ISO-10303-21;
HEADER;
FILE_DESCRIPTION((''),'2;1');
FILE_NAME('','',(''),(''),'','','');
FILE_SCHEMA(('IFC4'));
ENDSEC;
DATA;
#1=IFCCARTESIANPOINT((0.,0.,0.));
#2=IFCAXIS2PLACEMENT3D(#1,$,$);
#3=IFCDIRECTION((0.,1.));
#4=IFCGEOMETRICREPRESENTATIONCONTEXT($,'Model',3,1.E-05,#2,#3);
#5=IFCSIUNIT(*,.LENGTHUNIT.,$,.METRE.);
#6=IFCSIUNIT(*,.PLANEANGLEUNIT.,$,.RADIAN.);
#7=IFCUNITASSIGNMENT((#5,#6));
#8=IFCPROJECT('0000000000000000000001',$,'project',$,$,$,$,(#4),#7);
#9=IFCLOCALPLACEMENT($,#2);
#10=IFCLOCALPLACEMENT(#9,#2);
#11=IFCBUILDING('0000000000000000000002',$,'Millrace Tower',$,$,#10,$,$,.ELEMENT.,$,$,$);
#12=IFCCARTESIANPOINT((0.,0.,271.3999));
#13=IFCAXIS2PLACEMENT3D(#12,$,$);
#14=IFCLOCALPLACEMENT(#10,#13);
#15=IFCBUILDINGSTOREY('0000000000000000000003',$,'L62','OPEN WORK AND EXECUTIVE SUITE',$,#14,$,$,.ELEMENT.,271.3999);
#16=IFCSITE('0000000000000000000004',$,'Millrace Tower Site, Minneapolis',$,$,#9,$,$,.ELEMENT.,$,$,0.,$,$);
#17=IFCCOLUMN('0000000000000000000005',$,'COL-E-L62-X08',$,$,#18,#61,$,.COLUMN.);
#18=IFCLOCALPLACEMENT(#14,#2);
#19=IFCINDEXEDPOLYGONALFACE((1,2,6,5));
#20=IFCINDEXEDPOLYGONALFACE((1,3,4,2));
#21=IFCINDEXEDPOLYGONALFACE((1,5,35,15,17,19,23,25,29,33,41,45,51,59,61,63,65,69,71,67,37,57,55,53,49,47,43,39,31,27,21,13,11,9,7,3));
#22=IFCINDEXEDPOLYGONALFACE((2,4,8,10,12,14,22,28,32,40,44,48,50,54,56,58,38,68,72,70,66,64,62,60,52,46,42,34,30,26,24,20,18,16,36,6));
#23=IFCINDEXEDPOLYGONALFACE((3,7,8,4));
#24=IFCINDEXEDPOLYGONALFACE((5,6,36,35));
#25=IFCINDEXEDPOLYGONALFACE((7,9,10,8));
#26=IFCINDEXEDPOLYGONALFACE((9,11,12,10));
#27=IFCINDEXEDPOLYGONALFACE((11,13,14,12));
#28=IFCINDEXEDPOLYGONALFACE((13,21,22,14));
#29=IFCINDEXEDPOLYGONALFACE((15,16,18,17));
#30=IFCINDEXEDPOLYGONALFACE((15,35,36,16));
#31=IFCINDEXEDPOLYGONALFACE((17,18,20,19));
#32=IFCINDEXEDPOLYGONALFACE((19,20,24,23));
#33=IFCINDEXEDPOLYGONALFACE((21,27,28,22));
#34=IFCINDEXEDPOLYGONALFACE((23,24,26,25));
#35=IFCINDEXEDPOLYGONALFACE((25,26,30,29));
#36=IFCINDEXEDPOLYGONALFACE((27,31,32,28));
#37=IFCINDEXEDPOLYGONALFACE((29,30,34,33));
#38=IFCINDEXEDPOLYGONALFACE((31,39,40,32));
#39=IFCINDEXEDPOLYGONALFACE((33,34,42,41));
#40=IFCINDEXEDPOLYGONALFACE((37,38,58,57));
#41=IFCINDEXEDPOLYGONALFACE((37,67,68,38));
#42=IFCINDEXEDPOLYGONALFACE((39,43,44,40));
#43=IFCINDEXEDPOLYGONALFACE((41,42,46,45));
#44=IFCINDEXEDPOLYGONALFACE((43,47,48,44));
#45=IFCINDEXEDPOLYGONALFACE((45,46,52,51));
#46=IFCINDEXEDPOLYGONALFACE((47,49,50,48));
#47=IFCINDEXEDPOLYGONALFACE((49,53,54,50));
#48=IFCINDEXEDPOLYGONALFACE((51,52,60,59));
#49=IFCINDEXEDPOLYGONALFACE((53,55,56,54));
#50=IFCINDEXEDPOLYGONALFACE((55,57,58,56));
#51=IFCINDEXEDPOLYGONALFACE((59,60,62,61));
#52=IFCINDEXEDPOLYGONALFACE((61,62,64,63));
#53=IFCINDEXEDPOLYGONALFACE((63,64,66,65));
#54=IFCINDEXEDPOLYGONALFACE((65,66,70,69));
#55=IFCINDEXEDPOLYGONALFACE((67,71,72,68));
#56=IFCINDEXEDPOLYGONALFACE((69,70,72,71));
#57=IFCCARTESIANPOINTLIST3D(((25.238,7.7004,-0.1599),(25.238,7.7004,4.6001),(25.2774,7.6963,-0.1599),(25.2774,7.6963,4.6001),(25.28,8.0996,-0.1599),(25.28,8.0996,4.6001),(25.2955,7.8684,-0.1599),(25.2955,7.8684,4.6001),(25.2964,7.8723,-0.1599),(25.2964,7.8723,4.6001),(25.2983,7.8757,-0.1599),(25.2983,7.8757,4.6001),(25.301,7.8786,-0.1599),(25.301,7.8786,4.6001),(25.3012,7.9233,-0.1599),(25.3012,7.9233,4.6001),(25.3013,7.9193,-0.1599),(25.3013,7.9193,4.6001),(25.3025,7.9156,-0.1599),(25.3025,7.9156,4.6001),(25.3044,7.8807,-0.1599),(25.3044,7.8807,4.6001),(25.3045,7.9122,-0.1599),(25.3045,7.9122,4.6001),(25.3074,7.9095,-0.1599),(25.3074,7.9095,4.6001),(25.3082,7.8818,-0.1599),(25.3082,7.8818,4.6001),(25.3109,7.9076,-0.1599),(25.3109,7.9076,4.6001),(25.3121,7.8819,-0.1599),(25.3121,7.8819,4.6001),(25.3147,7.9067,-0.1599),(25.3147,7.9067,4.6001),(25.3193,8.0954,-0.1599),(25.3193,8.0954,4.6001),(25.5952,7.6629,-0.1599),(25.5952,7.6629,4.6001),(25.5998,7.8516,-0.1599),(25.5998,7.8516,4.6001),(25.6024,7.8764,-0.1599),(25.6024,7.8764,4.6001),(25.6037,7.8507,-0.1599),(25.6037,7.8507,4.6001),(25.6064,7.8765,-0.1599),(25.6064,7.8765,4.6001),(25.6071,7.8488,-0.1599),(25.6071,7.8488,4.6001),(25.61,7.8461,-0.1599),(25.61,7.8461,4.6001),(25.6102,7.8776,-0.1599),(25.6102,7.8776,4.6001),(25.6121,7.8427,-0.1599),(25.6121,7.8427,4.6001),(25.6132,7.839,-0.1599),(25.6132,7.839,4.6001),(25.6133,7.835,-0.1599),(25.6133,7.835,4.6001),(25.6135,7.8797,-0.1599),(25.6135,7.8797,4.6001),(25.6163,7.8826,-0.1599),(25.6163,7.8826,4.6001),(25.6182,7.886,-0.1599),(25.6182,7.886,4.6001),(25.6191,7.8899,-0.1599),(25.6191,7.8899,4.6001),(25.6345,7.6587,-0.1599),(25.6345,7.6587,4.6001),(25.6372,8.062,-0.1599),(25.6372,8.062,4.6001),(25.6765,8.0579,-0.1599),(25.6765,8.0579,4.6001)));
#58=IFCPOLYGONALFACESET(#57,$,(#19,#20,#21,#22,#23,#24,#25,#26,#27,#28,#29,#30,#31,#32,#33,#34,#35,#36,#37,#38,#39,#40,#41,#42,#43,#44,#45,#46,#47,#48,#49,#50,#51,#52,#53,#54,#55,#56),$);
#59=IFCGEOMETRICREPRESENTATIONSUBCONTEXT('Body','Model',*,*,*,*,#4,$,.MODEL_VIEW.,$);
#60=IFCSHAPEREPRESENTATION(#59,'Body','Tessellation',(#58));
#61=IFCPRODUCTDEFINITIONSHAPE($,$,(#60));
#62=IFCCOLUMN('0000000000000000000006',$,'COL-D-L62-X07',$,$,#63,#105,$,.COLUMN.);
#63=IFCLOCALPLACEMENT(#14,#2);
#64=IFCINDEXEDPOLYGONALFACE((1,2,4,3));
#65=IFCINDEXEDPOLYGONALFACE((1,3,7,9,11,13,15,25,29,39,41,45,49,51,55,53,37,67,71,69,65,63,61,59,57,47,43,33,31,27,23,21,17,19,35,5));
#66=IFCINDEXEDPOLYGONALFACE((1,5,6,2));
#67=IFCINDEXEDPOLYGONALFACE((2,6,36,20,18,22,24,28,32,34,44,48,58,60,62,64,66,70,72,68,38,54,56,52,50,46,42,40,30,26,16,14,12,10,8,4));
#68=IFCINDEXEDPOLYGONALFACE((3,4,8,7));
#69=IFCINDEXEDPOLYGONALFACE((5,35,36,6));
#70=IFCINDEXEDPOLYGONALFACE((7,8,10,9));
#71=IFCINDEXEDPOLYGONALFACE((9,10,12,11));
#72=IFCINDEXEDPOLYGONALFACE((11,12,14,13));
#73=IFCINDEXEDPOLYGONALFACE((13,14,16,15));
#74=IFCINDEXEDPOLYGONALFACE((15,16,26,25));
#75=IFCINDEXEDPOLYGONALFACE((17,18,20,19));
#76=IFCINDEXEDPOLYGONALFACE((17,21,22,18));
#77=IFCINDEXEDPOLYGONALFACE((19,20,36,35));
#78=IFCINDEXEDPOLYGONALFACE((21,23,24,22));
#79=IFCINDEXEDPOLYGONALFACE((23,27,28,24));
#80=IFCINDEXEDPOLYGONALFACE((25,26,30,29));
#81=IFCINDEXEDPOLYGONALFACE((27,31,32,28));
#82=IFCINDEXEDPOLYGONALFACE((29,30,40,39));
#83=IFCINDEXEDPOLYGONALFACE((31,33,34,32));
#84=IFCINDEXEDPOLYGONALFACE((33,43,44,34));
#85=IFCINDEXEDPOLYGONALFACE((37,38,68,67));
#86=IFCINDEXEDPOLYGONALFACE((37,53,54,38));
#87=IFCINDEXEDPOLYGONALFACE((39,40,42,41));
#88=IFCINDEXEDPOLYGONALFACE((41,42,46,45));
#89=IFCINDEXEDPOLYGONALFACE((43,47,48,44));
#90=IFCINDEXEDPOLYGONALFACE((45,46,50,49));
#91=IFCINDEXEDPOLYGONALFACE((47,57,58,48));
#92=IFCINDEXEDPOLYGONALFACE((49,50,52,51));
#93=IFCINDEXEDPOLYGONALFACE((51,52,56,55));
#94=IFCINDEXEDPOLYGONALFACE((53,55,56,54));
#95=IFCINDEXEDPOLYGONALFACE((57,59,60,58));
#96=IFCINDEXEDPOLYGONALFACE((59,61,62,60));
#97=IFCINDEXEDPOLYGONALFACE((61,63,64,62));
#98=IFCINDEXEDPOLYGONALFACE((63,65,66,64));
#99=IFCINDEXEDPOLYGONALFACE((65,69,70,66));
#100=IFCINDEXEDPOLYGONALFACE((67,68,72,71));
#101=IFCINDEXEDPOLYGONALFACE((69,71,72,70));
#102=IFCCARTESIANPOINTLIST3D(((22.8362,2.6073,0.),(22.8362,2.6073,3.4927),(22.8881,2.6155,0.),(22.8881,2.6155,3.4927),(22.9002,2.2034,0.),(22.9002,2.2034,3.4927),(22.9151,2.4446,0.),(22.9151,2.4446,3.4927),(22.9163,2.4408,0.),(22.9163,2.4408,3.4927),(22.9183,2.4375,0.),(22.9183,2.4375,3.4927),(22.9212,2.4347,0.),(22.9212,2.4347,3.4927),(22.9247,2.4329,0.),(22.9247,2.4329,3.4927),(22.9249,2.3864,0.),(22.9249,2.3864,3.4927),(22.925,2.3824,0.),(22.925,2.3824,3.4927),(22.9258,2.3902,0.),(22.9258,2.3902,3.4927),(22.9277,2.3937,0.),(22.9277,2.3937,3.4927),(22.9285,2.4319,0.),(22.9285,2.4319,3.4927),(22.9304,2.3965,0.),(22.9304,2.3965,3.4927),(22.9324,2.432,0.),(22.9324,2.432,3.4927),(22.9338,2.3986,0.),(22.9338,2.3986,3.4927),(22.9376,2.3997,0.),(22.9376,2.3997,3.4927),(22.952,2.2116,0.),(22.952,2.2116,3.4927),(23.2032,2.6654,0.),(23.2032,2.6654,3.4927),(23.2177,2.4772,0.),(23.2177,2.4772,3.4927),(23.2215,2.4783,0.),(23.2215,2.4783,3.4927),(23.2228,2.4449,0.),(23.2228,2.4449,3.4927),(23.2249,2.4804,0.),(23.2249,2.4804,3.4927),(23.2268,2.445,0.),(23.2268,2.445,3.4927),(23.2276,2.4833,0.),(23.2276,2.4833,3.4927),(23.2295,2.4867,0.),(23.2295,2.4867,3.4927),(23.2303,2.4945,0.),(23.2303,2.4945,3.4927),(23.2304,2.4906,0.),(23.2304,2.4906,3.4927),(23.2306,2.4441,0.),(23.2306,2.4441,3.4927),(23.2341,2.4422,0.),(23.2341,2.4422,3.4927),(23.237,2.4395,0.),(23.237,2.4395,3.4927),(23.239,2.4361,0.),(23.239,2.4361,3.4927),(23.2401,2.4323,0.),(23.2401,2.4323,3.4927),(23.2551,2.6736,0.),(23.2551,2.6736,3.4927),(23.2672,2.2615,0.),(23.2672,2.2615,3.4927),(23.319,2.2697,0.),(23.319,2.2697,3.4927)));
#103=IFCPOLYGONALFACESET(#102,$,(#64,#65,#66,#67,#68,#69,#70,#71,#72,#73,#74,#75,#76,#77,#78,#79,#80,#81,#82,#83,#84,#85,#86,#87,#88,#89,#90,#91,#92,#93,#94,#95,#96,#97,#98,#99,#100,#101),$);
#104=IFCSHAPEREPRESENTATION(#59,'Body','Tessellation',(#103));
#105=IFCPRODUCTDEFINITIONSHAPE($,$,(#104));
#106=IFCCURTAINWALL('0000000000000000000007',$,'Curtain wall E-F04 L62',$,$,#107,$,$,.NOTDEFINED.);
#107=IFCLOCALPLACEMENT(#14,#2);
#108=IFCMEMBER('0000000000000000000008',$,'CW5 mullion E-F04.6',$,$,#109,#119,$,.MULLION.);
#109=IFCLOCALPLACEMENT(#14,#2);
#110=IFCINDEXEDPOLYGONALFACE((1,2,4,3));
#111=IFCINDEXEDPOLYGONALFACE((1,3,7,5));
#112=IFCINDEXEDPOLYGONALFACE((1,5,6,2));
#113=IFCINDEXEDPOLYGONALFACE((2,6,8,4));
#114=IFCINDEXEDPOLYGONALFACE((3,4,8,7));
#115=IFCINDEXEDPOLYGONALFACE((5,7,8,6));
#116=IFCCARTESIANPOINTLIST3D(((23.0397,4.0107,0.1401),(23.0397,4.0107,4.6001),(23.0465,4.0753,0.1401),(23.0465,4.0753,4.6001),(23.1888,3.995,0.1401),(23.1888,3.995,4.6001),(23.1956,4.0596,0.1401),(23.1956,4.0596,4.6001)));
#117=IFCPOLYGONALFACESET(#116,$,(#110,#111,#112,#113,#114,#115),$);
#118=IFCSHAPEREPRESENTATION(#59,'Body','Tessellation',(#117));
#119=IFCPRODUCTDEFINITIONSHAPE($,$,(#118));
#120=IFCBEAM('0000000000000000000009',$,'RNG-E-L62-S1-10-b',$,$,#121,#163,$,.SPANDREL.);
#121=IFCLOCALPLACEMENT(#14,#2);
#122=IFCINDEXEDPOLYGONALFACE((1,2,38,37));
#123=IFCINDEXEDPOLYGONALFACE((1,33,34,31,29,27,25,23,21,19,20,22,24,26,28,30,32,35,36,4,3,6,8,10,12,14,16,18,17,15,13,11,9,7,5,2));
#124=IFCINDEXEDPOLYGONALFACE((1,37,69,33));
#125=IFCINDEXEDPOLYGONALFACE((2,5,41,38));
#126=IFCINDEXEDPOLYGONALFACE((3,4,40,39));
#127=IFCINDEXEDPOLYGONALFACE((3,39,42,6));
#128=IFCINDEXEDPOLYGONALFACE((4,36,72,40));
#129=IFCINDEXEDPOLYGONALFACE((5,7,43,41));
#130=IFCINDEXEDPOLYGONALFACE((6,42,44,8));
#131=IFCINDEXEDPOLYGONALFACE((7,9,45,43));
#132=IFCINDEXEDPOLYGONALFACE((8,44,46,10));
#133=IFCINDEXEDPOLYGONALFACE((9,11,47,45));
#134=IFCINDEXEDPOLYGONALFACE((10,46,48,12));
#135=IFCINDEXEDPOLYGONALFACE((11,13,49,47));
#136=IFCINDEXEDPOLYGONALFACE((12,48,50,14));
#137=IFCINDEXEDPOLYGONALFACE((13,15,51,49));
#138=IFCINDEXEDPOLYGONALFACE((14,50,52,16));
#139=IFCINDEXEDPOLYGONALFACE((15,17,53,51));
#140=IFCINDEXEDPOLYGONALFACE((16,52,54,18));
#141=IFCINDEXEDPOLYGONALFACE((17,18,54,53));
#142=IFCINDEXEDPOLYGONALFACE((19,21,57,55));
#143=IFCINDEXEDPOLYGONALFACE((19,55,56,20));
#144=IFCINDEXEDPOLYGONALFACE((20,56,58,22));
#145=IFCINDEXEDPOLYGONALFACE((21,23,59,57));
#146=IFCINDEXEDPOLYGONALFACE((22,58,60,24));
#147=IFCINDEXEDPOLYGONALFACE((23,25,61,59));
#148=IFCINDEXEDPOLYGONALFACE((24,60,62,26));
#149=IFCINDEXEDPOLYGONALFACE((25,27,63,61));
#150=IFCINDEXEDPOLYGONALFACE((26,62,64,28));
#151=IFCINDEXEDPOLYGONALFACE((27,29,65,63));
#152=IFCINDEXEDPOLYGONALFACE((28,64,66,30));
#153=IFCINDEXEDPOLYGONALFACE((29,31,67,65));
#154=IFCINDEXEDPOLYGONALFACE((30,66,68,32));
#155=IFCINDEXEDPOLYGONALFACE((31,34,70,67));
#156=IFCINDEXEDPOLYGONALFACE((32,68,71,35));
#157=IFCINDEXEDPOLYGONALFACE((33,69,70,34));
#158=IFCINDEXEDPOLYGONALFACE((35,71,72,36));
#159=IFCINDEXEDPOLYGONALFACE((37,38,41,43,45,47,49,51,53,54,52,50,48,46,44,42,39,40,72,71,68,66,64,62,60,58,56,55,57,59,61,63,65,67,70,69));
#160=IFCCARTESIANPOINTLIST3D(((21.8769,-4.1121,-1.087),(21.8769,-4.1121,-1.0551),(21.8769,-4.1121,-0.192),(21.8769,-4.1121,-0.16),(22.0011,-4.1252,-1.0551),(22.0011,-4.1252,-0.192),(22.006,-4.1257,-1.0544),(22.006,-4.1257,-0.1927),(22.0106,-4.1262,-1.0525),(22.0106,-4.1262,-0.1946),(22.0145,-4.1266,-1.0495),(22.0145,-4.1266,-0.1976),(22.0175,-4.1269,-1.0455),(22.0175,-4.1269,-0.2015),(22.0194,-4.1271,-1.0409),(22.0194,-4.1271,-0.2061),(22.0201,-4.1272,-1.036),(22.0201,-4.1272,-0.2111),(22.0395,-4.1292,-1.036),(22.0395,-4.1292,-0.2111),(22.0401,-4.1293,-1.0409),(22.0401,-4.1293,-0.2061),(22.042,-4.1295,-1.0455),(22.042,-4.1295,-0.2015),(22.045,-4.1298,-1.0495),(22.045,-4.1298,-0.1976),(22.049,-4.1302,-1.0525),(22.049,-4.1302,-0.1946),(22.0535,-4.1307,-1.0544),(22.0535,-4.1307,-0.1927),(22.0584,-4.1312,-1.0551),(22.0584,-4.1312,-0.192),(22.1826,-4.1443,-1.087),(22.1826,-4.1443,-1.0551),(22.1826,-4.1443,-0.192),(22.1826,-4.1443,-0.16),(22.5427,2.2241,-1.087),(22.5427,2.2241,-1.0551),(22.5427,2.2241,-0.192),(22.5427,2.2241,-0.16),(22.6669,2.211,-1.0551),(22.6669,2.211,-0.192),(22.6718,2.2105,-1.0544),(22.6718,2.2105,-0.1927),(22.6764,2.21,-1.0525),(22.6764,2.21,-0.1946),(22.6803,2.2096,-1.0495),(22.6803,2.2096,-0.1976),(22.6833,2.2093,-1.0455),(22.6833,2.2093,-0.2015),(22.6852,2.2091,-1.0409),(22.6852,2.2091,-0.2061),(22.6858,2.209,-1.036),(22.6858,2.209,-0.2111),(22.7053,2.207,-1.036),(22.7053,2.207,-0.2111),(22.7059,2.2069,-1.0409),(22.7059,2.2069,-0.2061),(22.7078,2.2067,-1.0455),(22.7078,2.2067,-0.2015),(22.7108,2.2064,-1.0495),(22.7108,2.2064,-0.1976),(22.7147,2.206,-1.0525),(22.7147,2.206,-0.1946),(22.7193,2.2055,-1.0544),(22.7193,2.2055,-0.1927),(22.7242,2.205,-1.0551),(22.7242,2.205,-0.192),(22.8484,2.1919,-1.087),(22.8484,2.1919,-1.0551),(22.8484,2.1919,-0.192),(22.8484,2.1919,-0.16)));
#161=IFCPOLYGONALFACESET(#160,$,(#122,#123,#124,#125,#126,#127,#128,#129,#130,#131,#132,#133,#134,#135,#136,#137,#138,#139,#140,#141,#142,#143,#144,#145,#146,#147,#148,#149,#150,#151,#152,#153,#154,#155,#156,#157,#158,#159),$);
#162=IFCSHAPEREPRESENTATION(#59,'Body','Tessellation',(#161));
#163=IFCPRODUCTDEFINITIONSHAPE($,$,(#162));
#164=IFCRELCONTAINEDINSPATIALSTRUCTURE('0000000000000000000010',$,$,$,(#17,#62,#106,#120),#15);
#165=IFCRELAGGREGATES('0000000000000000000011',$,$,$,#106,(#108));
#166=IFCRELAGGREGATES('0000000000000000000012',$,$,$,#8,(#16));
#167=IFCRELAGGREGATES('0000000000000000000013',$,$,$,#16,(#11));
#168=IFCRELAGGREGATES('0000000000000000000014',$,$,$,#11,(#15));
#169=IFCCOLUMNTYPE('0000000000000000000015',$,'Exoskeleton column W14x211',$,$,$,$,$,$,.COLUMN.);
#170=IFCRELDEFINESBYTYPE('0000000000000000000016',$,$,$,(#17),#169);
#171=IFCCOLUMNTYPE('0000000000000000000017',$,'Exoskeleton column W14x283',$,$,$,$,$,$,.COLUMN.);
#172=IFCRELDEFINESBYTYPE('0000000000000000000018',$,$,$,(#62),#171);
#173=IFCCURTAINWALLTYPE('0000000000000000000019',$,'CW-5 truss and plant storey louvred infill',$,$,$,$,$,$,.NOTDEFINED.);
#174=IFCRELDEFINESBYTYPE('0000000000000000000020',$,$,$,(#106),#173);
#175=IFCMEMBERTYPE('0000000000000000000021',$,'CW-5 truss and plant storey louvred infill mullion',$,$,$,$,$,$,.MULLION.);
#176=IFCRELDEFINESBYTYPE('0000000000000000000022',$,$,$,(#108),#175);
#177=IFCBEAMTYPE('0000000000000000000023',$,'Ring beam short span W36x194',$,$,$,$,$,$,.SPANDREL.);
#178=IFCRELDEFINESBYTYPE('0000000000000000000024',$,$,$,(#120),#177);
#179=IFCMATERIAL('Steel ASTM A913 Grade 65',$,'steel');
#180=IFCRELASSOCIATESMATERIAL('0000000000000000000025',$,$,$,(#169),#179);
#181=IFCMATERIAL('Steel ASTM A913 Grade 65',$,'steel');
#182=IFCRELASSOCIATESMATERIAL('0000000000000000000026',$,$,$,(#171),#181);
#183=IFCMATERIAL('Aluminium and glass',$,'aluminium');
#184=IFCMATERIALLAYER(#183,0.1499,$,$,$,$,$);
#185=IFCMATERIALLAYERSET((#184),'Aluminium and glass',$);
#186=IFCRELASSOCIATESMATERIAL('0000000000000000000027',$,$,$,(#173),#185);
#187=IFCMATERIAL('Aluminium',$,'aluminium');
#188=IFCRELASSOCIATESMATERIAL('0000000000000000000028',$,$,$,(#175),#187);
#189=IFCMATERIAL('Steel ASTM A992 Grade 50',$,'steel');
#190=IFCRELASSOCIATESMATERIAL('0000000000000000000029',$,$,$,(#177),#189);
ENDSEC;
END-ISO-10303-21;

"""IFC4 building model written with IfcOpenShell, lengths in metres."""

from ifc_helpers import new_model, si_unit, direction, frame, origin, origin_2d, place, context, subcontext, project, spatial, rectangle, i_section, extrude, material, layer, layer_set, material_profile, profile_set, type_object, element, aggregate, save


model = new_model("IFC4")

# Units and contexts
model_context = context("Model", 3, precision=1e-05, world=origin(), true_north=direction((0.0, 1.0)))
body_context = subcontext(model_context, "Body", "Model", "MODEL_VIEW")
ifc_project = project(units=[si_unit("LENGTHUNIT", "METRE"), si_unit("PLANEANGLEUNIT", "RADIAN")], contexts=[model_context])

# Site, building, storey
site_placement = place(None, origin())
site = spatial("IfcSite", under=ifc_project, at=site_placement, Name="Millrace Tower Site, Minneapolis", CompositionType="ELEMENT", RefElevation=0.0)
building_placement = place(site_placement, origin())
building = spatial("IfcBuilding", under=site, at=building_placement, Name="Millrace Tower", CompositionType="ELEMENT")
storey_placement = place(building_placement, frame((0.0, 0.0, 271.3999)))
storey = spatial("IfcBuildingStorey", under=building, at=storey_placement, Name="L62", Description="OPEN WORK AND EXECUTIVE SUITE", CompositionType="ELEMENT", Elevation=271.3999)

# Columns
ifc_material_1 = material(Name="Steel ASTM A913 Grade 65", Category="steel")
ifc_material_profile_1 = material_profile(ifc_material_1, i_section(OverallWidth=0.4014, OverallDepth=0.3987, WebThickness=0.0249, FlangeThickness=0.0396, FilletRadius=0.0151, at=origin_2d()))
ifc_profile_set_1 = profile_set([ifc_material_profile_1], Name="Steel ASTM A913 Grade 65")
column_type_1 = type_object("IfcColumnType", Name="Exoskeleton column W14x211", PredefinedType="COLUMN", material=ifc_profile_set_1)
column_1_placement = place(storey_placement, frame((25.4573, 7.8792, -0.1599), z_axis=(0.0, 0.0, 1.0), x_axis=(0.104528, 0.994522, 0.0)))
element("IfcColumn", 1, at=column_1_placement, inside=storey, type_object=column_type_1, Name="COL-E-L62-X08", PredefinedType="COLUMN", context=body_context, shape_type="SweptSolid", body=[
    extrude(i_section(OverallWidth=0.4014, OverallDepth=0.3987, WebThickness=0.0249, FlangeThickness=0.0396, FilletRadius=0.0151, at=origin_2d()), origin(), (0.0, 0.0, 1.0), 4.76),
])
ifc_material_2 = material(Name="Steel ASTM A913 Grade 65", Category="steel")
ifc_material_profile_2 = material_profile(ifc_material_2, i_section(OverallWidth=0.4089, OverallDepth=0.4241, WebThickness=0.0327, FlangeThickness=0.0525, FilletRadius=0.0151, at=origin_2d()))
ifc_profile_set_2 = profile_set([ifc_material_profile_2], Name="Steel ASTM A913 Grade 65")
column_type_2 = type_object("IfcColumnType", Name="Exoskeleton column W14x283", PredefinedType="COLUMN", material=ifc_profile_set_2)
column_2_placement = place(storey_placement, frame((23.0776, 2.4385, 0.0), z_axis=(0.0, 0.0, 1.0), x_axis=(-0.156434, 0.987688, 0.0)))
element("IfcColumn", 2, at=column_2_placement, inside=storey, type_object=column_type_2, Name="COL-D-L62-X07", PredefinedType="COLUMN", context=body_context, shape_type="SweptSolid", body=[
    extrude(i_section(OverallWidth=0.4089, OverallDepth=0.4241, WebThickness=0.0327, FlangeThickness=0.0525, FilletRadius=0.0151, at=origin_2d()), origin(), (0.0, 0.0, 1.0), 3.4927),
])

# Curtain wall, member
ifc_material_3 = material(Name="Aluminium and glass", Category="aluminium")
ifc_layer_1 = layer(ifc_material_3, 0.1499)
ifc_layer_set_1 = layer_set([ifc_layer_1], Name="Aluminium and glass")
curtain_wall_type = type_object("IfcCurtainWallType", Name="CW-5 truss and plant storey louvred infill", PredefinedType="NOTDEFINED", material=ifc_layer_set_1)
curtain_wall_placement = place(storey_placement, origin())
curtain_wall = element("IfcCurtainWall", 3, at=curtain_wall_placement, inside=storey, type_object=curtain_wall_type, Name="Curtain wall E-F04 L62", PredefinedType="NOTDEFINED")
ifc_material_4 = material(Name="Aluminium", Category="aluminium")
ifc_material_profile_3 = material_profile(ifc_material_4, rectangle(XDim=0.0649, YDim=0.1499, at=origin_2d()))
ifc_profile_set_3 = profile_set([ifc_material_profile_3], Name="Aluminium")
member_type_1 = type_object("IfcMemberType", Name="CW-5 truss and plant storey louvred infill mullion", PredefinedType="MULLION", material=ifc_profile_set_3)
member_1_placement = place(storey_placement, frame((23.1177, 4.0352, 0.1401), z_axis=(0.0, 0.0, 1.0), x_axis=(0.104528, 0.994522, 0.0)))
member_1 = element("IfcMember", 4, at=member_1_placement, type_object=member_type_1, Name="CW5 mullion E-F04.6", PredefinedType="MULLION", context=body_context, shape_type="SweptSolid", body=[
    extrude(rectangle(XDim=0.0649, YDim=0.1499, at=origin_2d()), origin(), (0.0, 0.0, 1.0), 4.46),
])
aggregate(curtain_wall, [member_1])

# Beam
ifc_material_5 = material(Name="Steel ASTM A992 Grade 50", Category="steel")
ifc_material_profile_4 = material_profile(ifc_material_5, i_section(OverallWidth=0.3074, OverallDepth=0.927, WebThickness=0.0195, FlangeThickness=0.032, FilletRadius=0.019, at=origin_2d()))
ifc_profile_set_4 = profile_set([ifc_material_profile_4], Name="Steel ASTM A992 Grade 50")
beam_type_1 = type_object("IfcBeamType", Name="Ring beam short span W36x194", PredefinedType="SPANDREL", material=ifc_profile_set_4)
beam_1_placement = place(storey_placement, frame((22.6956, 2.208, -0.6235), z_axis=(-0.104499, -0.994525, 0.0), x_axis=(0.994525, -0.104499, 0.0)))
element("IfcBeam", 5, at=beam_1_placement, inside=storey, type_object=beam_type_1, Name="RNG-E-L62-S1-10-b", PredefinedType="SPANDREL", context=body_context, shape_type="SweptSolid", body=[
    extrude(i_section(OverallWidth=0.3074, OverallDepth=0.927, WebThickness=0.0195, FlangeThickness=0.032, FilletRadius=0.019, at=origin_2d()), origin(), (0.0, 0.0, 1.0), 6.3711),
])

save(model, "model.ifc")
